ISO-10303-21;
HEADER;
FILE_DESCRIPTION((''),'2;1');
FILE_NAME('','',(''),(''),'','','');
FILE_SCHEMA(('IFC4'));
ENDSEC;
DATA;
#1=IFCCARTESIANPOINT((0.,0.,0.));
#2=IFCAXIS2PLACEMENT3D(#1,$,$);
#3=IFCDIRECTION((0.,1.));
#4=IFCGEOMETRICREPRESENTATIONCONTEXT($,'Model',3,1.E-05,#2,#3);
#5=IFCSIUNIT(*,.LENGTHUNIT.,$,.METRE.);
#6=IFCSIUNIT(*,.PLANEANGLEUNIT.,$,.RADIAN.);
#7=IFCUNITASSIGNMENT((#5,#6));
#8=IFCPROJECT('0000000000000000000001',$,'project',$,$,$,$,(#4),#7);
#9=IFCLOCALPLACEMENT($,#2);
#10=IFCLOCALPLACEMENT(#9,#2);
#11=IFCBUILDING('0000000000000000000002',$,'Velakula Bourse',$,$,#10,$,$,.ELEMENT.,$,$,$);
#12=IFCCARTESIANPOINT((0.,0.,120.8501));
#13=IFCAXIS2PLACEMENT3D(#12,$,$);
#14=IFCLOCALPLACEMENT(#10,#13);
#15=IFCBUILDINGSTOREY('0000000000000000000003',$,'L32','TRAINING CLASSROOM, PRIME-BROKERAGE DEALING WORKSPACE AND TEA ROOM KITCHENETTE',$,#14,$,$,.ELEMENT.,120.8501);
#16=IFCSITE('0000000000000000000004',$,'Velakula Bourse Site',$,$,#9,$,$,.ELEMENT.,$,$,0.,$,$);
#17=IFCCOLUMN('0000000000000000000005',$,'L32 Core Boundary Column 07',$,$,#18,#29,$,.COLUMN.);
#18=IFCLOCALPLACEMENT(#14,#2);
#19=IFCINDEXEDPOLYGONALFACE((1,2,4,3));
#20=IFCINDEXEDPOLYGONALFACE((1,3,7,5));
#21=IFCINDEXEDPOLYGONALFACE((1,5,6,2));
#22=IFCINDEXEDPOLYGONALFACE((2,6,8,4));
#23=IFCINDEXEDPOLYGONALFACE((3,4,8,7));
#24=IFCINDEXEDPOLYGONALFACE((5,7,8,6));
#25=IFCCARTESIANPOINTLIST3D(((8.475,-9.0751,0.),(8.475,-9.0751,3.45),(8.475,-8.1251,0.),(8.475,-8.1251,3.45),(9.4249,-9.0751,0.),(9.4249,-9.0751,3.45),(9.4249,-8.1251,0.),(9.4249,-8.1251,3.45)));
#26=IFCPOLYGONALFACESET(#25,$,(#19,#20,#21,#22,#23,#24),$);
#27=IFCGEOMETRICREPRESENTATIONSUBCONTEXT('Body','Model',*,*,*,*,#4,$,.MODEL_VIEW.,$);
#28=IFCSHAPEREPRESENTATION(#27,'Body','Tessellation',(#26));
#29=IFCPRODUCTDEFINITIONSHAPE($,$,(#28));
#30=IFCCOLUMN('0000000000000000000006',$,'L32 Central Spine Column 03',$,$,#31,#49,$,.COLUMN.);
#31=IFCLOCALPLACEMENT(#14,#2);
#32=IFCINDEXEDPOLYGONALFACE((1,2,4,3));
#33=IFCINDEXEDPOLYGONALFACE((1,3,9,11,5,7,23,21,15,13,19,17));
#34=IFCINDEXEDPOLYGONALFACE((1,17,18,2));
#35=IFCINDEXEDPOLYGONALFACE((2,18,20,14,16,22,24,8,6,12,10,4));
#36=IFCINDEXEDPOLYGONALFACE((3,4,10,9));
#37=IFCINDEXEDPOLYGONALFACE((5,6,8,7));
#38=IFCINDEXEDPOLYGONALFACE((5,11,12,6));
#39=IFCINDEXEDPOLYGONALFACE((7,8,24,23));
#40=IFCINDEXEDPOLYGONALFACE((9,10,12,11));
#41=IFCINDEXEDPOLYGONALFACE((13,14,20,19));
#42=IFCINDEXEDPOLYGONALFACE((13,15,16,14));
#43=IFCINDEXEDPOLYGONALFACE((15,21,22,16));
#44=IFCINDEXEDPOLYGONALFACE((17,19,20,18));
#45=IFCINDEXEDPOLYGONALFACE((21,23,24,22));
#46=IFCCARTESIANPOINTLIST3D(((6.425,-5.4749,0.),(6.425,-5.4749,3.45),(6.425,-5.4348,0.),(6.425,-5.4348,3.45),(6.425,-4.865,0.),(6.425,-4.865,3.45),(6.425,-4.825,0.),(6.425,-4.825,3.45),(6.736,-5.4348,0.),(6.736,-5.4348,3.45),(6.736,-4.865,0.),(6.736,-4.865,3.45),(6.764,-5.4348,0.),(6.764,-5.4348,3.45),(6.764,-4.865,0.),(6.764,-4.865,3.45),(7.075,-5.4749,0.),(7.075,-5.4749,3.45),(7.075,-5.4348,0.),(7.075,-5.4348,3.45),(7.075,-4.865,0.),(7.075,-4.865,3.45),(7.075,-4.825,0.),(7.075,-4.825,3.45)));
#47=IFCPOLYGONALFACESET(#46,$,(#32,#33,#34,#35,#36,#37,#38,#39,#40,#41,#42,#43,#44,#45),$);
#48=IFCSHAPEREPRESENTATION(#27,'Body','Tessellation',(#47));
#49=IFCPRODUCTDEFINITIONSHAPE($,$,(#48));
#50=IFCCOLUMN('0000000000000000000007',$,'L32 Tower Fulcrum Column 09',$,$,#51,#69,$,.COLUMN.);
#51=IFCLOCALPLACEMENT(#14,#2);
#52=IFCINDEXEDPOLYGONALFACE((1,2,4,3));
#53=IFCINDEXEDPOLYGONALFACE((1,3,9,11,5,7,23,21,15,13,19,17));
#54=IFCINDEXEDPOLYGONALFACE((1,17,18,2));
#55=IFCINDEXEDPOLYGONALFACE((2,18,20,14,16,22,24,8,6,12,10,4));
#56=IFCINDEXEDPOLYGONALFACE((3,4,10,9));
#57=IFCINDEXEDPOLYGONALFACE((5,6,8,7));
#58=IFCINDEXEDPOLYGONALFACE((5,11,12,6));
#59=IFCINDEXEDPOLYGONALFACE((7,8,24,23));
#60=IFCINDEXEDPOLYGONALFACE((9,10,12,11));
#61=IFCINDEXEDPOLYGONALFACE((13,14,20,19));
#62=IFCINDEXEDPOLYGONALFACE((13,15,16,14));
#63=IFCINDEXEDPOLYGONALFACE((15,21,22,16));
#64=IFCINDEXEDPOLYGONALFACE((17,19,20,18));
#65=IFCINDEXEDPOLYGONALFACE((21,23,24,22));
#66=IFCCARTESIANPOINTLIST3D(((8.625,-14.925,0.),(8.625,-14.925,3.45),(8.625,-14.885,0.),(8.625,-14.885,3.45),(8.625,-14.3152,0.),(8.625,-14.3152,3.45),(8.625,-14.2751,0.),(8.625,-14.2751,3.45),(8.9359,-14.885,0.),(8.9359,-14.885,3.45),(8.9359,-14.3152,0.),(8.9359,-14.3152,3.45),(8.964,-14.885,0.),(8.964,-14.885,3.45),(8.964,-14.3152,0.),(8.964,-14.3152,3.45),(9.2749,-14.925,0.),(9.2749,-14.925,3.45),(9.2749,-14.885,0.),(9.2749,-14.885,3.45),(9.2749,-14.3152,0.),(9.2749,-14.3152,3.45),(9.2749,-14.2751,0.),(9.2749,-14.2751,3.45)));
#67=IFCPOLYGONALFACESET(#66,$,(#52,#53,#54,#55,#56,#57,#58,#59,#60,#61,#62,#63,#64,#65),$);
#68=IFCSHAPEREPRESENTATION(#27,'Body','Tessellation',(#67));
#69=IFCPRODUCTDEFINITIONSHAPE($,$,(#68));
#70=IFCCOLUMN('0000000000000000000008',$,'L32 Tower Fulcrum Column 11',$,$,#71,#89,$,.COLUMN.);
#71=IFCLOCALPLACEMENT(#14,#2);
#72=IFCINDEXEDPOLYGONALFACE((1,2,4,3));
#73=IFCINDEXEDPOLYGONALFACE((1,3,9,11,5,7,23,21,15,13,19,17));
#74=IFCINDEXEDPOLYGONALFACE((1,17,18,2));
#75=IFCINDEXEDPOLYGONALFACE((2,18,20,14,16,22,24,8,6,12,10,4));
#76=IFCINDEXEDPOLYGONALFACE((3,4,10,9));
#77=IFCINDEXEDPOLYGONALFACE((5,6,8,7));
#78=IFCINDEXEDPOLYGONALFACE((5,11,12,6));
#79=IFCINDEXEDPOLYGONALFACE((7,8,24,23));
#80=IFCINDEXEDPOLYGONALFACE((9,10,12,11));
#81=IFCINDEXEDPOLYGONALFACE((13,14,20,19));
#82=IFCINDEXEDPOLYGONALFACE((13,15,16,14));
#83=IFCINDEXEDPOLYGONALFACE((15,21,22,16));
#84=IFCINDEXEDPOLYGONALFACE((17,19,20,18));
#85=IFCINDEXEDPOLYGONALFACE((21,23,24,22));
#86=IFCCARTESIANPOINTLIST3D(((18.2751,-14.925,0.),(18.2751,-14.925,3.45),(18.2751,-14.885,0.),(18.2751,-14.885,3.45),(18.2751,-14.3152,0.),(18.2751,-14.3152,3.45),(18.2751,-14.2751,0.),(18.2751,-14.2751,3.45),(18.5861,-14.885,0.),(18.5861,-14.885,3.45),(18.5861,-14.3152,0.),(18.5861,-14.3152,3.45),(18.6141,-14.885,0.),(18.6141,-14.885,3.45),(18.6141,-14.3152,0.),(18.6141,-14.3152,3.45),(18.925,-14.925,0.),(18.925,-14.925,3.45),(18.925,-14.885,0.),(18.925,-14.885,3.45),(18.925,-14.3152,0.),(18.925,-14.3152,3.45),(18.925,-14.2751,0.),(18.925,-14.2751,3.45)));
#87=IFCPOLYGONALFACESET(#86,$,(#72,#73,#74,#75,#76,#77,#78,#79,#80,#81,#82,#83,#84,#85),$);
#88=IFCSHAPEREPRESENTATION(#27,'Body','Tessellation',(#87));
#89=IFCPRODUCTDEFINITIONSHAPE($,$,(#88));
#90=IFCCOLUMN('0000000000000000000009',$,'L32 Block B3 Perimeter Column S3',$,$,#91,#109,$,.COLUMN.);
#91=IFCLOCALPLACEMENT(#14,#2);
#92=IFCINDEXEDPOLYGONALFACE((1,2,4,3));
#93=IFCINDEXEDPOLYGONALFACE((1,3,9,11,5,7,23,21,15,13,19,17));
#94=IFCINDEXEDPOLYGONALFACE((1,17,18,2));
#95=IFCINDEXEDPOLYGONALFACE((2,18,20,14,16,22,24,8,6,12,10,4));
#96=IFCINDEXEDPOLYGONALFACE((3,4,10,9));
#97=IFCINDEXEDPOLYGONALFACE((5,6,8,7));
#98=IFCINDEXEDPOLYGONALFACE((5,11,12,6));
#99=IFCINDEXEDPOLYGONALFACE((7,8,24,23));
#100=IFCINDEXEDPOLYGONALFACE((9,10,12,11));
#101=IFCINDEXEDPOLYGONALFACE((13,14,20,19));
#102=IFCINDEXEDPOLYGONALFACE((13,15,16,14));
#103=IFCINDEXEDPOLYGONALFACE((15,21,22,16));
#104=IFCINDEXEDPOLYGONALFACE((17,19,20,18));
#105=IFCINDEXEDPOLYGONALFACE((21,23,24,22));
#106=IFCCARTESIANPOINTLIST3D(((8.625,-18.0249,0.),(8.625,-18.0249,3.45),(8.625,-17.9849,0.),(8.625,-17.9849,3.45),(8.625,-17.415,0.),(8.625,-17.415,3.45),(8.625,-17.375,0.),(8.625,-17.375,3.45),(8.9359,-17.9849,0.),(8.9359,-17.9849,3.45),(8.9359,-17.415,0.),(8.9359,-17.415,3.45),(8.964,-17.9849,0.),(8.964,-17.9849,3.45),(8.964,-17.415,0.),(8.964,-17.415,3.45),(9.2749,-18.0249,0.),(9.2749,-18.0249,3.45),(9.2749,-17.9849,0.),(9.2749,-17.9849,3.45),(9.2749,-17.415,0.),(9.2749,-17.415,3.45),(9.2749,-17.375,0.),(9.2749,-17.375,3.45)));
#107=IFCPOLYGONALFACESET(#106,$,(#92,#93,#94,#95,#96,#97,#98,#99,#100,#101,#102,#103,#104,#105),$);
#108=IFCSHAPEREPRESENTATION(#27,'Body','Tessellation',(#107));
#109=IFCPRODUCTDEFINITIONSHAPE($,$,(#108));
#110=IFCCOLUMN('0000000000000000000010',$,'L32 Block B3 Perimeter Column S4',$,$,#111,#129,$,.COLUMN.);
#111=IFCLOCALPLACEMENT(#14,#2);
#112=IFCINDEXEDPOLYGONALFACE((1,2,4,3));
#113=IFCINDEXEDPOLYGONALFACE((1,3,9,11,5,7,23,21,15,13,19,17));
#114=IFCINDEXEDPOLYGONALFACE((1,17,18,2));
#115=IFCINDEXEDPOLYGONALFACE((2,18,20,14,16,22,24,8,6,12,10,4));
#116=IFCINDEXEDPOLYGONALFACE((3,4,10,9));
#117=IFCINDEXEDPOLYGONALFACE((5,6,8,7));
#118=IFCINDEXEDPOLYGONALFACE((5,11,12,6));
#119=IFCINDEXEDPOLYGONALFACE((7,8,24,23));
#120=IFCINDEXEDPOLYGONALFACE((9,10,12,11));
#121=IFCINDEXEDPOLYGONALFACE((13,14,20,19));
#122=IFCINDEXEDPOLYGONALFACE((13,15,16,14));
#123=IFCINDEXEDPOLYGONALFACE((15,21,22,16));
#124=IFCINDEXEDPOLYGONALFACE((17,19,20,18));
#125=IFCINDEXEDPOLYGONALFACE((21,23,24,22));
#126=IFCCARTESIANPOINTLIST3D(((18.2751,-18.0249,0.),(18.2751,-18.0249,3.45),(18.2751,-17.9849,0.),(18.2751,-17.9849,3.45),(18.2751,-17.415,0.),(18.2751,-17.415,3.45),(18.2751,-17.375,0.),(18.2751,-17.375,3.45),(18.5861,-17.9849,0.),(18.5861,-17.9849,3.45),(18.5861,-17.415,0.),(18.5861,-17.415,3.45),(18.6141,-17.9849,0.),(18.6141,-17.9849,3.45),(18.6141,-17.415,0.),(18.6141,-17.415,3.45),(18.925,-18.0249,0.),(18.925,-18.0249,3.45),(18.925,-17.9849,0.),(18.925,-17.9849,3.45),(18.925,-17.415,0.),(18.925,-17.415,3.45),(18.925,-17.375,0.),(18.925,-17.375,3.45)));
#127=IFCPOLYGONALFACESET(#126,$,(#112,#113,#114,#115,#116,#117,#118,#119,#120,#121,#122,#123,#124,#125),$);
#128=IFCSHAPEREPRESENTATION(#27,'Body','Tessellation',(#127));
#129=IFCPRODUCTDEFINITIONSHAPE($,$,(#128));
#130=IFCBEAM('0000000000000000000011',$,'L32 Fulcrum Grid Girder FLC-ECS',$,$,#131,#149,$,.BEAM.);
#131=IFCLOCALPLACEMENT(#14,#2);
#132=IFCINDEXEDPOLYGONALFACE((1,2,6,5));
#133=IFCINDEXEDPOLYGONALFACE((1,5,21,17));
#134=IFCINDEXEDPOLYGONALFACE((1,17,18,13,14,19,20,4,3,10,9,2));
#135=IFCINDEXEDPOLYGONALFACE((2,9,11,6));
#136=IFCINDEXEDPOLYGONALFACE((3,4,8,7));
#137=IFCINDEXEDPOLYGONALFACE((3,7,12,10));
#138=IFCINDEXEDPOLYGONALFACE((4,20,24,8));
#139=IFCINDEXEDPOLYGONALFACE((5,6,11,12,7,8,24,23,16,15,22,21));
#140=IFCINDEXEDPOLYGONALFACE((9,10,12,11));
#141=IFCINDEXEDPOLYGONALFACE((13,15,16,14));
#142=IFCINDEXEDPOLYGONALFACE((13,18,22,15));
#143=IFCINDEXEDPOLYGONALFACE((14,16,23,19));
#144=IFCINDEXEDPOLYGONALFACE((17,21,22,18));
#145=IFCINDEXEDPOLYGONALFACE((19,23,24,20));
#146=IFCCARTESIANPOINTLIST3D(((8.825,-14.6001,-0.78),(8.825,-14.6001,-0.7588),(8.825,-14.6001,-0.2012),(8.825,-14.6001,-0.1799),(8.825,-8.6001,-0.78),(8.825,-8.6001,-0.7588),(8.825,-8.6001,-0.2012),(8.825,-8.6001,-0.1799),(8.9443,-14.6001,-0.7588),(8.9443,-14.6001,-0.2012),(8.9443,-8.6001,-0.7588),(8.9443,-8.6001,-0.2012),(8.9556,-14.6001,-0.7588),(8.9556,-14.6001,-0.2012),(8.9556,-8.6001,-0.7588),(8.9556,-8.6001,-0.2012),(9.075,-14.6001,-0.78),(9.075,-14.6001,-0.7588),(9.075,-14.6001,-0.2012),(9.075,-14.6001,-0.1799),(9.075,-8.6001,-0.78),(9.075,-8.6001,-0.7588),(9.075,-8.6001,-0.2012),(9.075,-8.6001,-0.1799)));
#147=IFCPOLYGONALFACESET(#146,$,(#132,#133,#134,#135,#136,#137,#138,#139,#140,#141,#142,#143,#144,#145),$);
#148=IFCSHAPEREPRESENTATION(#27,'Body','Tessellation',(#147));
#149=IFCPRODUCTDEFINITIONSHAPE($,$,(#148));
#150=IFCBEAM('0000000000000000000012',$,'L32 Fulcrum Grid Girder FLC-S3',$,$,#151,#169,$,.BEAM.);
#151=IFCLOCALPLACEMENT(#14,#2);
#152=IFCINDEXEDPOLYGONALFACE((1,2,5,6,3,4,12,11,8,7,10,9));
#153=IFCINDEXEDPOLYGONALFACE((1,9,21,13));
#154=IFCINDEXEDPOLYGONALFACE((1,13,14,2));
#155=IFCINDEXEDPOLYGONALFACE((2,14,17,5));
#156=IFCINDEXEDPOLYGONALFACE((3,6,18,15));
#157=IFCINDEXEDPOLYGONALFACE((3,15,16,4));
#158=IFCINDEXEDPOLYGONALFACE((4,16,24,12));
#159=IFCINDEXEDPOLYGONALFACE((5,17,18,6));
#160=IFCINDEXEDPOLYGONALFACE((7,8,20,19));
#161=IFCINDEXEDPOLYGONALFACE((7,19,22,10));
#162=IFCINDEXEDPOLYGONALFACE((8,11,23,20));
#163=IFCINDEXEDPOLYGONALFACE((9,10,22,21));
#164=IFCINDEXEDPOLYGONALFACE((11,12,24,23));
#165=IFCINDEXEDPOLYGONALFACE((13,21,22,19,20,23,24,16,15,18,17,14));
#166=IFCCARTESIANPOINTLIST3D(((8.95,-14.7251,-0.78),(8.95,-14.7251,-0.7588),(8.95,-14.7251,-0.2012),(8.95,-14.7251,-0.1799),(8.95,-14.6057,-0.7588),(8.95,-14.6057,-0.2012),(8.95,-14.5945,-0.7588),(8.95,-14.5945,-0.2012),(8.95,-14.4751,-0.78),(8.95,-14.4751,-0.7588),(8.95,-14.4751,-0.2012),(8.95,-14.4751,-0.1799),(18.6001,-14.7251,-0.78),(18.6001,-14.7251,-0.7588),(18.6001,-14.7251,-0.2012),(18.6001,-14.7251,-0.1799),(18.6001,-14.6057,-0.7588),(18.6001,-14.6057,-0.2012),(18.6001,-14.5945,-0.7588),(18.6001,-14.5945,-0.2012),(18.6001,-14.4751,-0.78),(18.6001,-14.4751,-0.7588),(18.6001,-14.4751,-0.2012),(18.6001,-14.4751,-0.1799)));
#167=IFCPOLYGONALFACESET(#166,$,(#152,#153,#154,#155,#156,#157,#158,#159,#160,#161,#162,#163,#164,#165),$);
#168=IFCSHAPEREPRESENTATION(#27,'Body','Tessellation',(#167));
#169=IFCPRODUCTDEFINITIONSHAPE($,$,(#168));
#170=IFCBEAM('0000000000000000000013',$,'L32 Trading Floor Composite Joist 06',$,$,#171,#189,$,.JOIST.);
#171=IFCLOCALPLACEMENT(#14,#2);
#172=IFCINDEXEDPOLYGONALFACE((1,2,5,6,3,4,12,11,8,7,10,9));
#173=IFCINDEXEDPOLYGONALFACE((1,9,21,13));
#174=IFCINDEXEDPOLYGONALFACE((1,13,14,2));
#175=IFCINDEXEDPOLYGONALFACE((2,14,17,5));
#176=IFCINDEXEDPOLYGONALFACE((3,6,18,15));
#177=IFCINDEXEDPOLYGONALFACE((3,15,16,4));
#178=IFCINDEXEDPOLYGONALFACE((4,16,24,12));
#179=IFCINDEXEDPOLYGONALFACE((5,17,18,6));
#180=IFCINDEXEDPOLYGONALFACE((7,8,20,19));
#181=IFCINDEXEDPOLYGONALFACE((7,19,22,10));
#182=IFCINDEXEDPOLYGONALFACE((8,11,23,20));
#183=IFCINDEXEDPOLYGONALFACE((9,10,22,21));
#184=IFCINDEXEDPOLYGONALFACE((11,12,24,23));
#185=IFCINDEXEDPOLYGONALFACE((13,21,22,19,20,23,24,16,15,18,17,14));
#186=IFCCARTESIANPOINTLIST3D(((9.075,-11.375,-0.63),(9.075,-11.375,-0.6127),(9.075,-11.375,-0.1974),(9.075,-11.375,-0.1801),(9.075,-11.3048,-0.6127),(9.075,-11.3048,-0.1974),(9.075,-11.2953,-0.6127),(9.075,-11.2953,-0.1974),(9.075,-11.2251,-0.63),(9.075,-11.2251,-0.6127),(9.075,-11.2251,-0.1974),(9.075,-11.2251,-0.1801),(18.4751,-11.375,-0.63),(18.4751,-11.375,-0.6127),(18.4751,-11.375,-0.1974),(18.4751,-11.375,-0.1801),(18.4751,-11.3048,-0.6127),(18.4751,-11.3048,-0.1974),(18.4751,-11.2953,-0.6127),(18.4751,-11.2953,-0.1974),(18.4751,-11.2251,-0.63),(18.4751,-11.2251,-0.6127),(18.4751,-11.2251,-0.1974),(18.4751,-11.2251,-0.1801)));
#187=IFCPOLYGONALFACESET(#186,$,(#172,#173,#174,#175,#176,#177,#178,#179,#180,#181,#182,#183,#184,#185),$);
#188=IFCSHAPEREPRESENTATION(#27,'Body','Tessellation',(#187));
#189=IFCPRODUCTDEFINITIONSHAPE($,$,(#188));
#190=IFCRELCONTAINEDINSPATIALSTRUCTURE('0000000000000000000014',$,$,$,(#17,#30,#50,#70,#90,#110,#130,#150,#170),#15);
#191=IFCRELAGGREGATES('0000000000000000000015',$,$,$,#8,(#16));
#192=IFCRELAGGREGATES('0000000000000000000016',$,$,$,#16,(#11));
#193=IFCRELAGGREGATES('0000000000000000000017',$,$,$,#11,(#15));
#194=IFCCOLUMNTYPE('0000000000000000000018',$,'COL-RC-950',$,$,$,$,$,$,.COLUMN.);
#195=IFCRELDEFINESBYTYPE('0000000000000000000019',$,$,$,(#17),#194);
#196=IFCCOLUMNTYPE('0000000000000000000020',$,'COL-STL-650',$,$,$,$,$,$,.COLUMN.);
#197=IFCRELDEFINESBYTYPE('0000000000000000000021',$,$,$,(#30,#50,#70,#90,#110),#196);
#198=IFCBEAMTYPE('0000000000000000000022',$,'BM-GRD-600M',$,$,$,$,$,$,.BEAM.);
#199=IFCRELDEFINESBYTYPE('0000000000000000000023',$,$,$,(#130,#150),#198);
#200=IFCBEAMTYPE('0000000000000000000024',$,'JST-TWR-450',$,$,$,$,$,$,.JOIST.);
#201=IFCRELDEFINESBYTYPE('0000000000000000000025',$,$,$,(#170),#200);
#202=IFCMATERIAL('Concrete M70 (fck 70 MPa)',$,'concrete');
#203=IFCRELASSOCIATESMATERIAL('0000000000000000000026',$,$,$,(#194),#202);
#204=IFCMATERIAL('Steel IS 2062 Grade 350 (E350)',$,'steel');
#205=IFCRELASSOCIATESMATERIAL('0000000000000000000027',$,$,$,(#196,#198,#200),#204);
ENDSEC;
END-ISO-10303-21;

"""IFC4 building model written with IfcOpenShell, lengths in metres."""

from ifc_helpers import new_model, si_unit, direction, frame, origin, origin_2d, place, context, subcontext, project, spatial, rectangle, i_section, extrude, material, material_profile, profile_set, type_object, element, save


model = new_model("IFC4")

# Units and contexts
model_context = context("Model", 3, precision=1e-05, world=origin(), true_north=direction((0.0, 1.0)))
body_context = subcontext(model_context, "Body", "Model", "MODEL_VIEW")
ifc_project = project(units=[si_unit("LENGTHUNIT", "METRE"), si_unit("PLANEANGLEUNIT", "RADIAN")], contexts=[model_context])

# Site, building, storey
site_placement = place(None, origin())
site = spatial("IfcSite", under=ifc_project, at=site_placement, Name="Velakula Bourse Site", CompositionType="ELEMENT", RefElevation=0.0)
building_placement = place(site_placement, origin())
building = spatial("IfcBuilding", under=site, at=building_placement, Name="Velakula Bourse", CompositionType="ELEMENT")
storey_placement = place(building_placement, frame((0.0, 0.0, 120.8501)))
storey = spatial("IfcBuildingStorey", under=building, at=storey_placement, Name="L32", Description="TRAINING CLASSROOM, PRIME-BROKERAGE DEALING WORKSPACE AND TEA ROOM KITCHENETTE", CompositionType="ELEMENT", Elevation=120.8501)

# Columns
ifc_material_1 = material(Name="Concrete M70 (fck 70 MPa)", Category="concrete")
ifc_material_profile_1 = material_profile(ifc_material_1, rectangle(XDim=0.95, YDim=0.95, at=origin_2d()), Name="Concrete M70 (fck 70 MPa)")
ifc_profile_set_1 = profile_set([ifc_material_profile_1], Name="Concrete M70 (fck 70 MPa)")
column_type_1 = type_object("IfcColumnType", Name="COL-RC-950", PredefinedType="COLUMN", material=ifc_profile_set_1)
column_placement = place(storey_placement, frame((8.95, -8.6001, 0.0), z_axis=(0.0, 0.0, 1.0), x_axis=(1.0, 0.0, 0.0)))
element("IfcColumn", 1, at=column_placement, inside=storey, type_object=column_type_1, Name="L32 Core Boundary Column 07", PredefinedType="COLUMN", context=body_context, shape_type="SweptSolid", body=[
    extrude(rectangle(XDim=0.95, YDim=0.95, at=origin_2d()), origin(), (0.0, 0.0, 1.0), 3.45),
])
ifc_material_2 = material(Name="Steel IS 2062 Grade 350 (E350)", Category="steel")
ifc_material_profile_2 = material_profile(ifc_material_2, i_section(OverallWidth=0.6499, OverallDepth=0.6499, WebThickness=0.0281, FlangeThickness=0.04, at=origin_2d()), Name="Steel IS 2062 Grade 350 (E350)")
ifc_profile_set_2 = profile_set([ifc_material_profile_2], Name="Steel IS 2062 Grade 350 (E350)")
column_type_2 = type_object("IfcColumnType", Name="COL-STL-650", PredefinedType="COLUMN", material=ifc_profile_set_2)
for number, where, z_axis, x_axis, name in (
    (2, (6.75, -5.1499, 0.0), (0.0, 0.0, 1.0), (1.0, 0.0, 0.0), "L32 Central Spine Column 03"),
    (3, (8.95, -14.6001, 0.0), (0.0, 0.0, 1.0), (1.0, 0.0, 0.0), "L32 Tower Fulcrum Column 09"),
    (4, (18.6001, -14.6001, 0.0), (0.0, 0.0, 1.0), (1.0, 0.0, 0.0), "L32 Tower Fulcrum Column 11"),
    (5, (8.95, -17.7, 0.0), (0.0, 0.0, 1.0), (1.0, 0.0, 0.0), "L32 Block B3 Perimeter Column S3"),
    (6, (18.6001, -17.7, 0.0), (0.0, 0.0, 1.0), (1.0, 0.0, 0.0), "L32 Block B3 Perimeter Column S4"),
):
    element("IfcColumn", number, at=place(storey_placement, frame(where, z_axis=z_axis, x_axis=x_axis)), inside=storey, type_object=column_type_2, Name=name, PredefinedType="COLUMN", context=body_context, shape_type="SweptSolid", body=[
        extrude(i_section(OverallWidth=0.6499, OverallDepth=0.6499, WebThickness=0.0281, FlangeThickness=0.04, at=origin_2d()), origin(), (0.0, 0.0, 1.0), 3.45),
    ])

# Beams
ifc_material_profile_3 = material_profile(ifc_material_2, i_section(OverallWidth=0.25, OverallDepth=0.6001, WebThickness=0.0112, FlangeThickness=0.0212, at=origin_2d()), Name="Steel IS 2062 Grade 350 (E350)")
ifc_profile_set_3 = profile_set([ifc_material_profile_3], Name="Steel IS 2062 Grade 350 (E350)")
beam_type_1 = type_object("IfcBeamType", Name="BM-GRD-600M", PredefinedType="BEAM", material=ifc_profile_set_3)
beam_1_placement = place(storey_placement, frame((8.95, -14.6001, -0.48), z_axis=(0.0, 1.0, 0.0), x_axis=(-1.0, 0.0, 0.0)))
element("IfcBeam", 7, at=beam_1_placement, inside=storey, type_object=beam_type_1, Name="L32 Fulcrum Grid Girder FLC-ECS", PredefinedType="BEAM", context=body_context, shape_type="SweptSolid", body=[
    extrude(i_section(OverallWidth=0.25, OverallDepth=0.6001, WebThickness=0.0112, FlangeThickness=0.0212, at=origin_2d()), origin(), (0.0, 0.0, 1.0), 6.0),
])
beam_2_placement = place(storey_placement, frame((8.95, -14.6001, -0.48), z_axis=(1.0, 0.0, 0.0), x_axis=(0.0, 1.0, 0.0)))
element("IfcBeam", 8, at=beam_2_placement, inside=storey, type_object=beam_type_1, Name="L32 Fulcrum Grid Girder FLC-S3", PredefinedType="BEAM", context=body_context, shape_type="SweptSolid", body=[
    extrude(i_section(OverallWidth=0.25, OverallDepth=0.6001, WebThickness=0.0112, FlangeThickness=0.0212, at=origin_2d()), origin(), (0.0, 0.0, 1.0), 9.6501),
])
ifc_material_profile_4 = material_profile(ifc_material_2, i_section(OverallWidth=0.1499, OverallDepth=0.45, WebThickness=0.0095, FlangeThickness=0.0173, at=origin_2d()), Name="Steel IS 2062 Grade 350 (E350)")
ifc_profile_set_4 = profile_set([ifc_material_profile_4], Name="Steel IS 2062 Grade 350 (E350)")
beam_type_2 = type_object("IfcBeamType", Name="JST-TWR-450", PredefinedType="JOIST", material=ifc_profile_set_4)
beam_3_placement = place(storey_placement, frame((9.075, -11.3, -0.405), z_axis=(1.0, 0.0, 0.0), x_axis=(0.0, 1.0, 0.0)))
element("IfcBeam", 9, at=beam_3_placement, inside=storey, type_object=beam_type_2, Name="L32 Trading Floor Composite Joist 06", PredefinedType="JOIST", context=body_context, shape_type="SweptSolid", body=[
    extrude(i_section(OverallWidth=0.1499, OverallDepth=0.45, WebThickness=0.0095, FlangeThickness=0.0173, at=origin_2d()), origin(), (0.0, 0.0, 1.0), 9.4001),
])

save(model, "model.ifc")
